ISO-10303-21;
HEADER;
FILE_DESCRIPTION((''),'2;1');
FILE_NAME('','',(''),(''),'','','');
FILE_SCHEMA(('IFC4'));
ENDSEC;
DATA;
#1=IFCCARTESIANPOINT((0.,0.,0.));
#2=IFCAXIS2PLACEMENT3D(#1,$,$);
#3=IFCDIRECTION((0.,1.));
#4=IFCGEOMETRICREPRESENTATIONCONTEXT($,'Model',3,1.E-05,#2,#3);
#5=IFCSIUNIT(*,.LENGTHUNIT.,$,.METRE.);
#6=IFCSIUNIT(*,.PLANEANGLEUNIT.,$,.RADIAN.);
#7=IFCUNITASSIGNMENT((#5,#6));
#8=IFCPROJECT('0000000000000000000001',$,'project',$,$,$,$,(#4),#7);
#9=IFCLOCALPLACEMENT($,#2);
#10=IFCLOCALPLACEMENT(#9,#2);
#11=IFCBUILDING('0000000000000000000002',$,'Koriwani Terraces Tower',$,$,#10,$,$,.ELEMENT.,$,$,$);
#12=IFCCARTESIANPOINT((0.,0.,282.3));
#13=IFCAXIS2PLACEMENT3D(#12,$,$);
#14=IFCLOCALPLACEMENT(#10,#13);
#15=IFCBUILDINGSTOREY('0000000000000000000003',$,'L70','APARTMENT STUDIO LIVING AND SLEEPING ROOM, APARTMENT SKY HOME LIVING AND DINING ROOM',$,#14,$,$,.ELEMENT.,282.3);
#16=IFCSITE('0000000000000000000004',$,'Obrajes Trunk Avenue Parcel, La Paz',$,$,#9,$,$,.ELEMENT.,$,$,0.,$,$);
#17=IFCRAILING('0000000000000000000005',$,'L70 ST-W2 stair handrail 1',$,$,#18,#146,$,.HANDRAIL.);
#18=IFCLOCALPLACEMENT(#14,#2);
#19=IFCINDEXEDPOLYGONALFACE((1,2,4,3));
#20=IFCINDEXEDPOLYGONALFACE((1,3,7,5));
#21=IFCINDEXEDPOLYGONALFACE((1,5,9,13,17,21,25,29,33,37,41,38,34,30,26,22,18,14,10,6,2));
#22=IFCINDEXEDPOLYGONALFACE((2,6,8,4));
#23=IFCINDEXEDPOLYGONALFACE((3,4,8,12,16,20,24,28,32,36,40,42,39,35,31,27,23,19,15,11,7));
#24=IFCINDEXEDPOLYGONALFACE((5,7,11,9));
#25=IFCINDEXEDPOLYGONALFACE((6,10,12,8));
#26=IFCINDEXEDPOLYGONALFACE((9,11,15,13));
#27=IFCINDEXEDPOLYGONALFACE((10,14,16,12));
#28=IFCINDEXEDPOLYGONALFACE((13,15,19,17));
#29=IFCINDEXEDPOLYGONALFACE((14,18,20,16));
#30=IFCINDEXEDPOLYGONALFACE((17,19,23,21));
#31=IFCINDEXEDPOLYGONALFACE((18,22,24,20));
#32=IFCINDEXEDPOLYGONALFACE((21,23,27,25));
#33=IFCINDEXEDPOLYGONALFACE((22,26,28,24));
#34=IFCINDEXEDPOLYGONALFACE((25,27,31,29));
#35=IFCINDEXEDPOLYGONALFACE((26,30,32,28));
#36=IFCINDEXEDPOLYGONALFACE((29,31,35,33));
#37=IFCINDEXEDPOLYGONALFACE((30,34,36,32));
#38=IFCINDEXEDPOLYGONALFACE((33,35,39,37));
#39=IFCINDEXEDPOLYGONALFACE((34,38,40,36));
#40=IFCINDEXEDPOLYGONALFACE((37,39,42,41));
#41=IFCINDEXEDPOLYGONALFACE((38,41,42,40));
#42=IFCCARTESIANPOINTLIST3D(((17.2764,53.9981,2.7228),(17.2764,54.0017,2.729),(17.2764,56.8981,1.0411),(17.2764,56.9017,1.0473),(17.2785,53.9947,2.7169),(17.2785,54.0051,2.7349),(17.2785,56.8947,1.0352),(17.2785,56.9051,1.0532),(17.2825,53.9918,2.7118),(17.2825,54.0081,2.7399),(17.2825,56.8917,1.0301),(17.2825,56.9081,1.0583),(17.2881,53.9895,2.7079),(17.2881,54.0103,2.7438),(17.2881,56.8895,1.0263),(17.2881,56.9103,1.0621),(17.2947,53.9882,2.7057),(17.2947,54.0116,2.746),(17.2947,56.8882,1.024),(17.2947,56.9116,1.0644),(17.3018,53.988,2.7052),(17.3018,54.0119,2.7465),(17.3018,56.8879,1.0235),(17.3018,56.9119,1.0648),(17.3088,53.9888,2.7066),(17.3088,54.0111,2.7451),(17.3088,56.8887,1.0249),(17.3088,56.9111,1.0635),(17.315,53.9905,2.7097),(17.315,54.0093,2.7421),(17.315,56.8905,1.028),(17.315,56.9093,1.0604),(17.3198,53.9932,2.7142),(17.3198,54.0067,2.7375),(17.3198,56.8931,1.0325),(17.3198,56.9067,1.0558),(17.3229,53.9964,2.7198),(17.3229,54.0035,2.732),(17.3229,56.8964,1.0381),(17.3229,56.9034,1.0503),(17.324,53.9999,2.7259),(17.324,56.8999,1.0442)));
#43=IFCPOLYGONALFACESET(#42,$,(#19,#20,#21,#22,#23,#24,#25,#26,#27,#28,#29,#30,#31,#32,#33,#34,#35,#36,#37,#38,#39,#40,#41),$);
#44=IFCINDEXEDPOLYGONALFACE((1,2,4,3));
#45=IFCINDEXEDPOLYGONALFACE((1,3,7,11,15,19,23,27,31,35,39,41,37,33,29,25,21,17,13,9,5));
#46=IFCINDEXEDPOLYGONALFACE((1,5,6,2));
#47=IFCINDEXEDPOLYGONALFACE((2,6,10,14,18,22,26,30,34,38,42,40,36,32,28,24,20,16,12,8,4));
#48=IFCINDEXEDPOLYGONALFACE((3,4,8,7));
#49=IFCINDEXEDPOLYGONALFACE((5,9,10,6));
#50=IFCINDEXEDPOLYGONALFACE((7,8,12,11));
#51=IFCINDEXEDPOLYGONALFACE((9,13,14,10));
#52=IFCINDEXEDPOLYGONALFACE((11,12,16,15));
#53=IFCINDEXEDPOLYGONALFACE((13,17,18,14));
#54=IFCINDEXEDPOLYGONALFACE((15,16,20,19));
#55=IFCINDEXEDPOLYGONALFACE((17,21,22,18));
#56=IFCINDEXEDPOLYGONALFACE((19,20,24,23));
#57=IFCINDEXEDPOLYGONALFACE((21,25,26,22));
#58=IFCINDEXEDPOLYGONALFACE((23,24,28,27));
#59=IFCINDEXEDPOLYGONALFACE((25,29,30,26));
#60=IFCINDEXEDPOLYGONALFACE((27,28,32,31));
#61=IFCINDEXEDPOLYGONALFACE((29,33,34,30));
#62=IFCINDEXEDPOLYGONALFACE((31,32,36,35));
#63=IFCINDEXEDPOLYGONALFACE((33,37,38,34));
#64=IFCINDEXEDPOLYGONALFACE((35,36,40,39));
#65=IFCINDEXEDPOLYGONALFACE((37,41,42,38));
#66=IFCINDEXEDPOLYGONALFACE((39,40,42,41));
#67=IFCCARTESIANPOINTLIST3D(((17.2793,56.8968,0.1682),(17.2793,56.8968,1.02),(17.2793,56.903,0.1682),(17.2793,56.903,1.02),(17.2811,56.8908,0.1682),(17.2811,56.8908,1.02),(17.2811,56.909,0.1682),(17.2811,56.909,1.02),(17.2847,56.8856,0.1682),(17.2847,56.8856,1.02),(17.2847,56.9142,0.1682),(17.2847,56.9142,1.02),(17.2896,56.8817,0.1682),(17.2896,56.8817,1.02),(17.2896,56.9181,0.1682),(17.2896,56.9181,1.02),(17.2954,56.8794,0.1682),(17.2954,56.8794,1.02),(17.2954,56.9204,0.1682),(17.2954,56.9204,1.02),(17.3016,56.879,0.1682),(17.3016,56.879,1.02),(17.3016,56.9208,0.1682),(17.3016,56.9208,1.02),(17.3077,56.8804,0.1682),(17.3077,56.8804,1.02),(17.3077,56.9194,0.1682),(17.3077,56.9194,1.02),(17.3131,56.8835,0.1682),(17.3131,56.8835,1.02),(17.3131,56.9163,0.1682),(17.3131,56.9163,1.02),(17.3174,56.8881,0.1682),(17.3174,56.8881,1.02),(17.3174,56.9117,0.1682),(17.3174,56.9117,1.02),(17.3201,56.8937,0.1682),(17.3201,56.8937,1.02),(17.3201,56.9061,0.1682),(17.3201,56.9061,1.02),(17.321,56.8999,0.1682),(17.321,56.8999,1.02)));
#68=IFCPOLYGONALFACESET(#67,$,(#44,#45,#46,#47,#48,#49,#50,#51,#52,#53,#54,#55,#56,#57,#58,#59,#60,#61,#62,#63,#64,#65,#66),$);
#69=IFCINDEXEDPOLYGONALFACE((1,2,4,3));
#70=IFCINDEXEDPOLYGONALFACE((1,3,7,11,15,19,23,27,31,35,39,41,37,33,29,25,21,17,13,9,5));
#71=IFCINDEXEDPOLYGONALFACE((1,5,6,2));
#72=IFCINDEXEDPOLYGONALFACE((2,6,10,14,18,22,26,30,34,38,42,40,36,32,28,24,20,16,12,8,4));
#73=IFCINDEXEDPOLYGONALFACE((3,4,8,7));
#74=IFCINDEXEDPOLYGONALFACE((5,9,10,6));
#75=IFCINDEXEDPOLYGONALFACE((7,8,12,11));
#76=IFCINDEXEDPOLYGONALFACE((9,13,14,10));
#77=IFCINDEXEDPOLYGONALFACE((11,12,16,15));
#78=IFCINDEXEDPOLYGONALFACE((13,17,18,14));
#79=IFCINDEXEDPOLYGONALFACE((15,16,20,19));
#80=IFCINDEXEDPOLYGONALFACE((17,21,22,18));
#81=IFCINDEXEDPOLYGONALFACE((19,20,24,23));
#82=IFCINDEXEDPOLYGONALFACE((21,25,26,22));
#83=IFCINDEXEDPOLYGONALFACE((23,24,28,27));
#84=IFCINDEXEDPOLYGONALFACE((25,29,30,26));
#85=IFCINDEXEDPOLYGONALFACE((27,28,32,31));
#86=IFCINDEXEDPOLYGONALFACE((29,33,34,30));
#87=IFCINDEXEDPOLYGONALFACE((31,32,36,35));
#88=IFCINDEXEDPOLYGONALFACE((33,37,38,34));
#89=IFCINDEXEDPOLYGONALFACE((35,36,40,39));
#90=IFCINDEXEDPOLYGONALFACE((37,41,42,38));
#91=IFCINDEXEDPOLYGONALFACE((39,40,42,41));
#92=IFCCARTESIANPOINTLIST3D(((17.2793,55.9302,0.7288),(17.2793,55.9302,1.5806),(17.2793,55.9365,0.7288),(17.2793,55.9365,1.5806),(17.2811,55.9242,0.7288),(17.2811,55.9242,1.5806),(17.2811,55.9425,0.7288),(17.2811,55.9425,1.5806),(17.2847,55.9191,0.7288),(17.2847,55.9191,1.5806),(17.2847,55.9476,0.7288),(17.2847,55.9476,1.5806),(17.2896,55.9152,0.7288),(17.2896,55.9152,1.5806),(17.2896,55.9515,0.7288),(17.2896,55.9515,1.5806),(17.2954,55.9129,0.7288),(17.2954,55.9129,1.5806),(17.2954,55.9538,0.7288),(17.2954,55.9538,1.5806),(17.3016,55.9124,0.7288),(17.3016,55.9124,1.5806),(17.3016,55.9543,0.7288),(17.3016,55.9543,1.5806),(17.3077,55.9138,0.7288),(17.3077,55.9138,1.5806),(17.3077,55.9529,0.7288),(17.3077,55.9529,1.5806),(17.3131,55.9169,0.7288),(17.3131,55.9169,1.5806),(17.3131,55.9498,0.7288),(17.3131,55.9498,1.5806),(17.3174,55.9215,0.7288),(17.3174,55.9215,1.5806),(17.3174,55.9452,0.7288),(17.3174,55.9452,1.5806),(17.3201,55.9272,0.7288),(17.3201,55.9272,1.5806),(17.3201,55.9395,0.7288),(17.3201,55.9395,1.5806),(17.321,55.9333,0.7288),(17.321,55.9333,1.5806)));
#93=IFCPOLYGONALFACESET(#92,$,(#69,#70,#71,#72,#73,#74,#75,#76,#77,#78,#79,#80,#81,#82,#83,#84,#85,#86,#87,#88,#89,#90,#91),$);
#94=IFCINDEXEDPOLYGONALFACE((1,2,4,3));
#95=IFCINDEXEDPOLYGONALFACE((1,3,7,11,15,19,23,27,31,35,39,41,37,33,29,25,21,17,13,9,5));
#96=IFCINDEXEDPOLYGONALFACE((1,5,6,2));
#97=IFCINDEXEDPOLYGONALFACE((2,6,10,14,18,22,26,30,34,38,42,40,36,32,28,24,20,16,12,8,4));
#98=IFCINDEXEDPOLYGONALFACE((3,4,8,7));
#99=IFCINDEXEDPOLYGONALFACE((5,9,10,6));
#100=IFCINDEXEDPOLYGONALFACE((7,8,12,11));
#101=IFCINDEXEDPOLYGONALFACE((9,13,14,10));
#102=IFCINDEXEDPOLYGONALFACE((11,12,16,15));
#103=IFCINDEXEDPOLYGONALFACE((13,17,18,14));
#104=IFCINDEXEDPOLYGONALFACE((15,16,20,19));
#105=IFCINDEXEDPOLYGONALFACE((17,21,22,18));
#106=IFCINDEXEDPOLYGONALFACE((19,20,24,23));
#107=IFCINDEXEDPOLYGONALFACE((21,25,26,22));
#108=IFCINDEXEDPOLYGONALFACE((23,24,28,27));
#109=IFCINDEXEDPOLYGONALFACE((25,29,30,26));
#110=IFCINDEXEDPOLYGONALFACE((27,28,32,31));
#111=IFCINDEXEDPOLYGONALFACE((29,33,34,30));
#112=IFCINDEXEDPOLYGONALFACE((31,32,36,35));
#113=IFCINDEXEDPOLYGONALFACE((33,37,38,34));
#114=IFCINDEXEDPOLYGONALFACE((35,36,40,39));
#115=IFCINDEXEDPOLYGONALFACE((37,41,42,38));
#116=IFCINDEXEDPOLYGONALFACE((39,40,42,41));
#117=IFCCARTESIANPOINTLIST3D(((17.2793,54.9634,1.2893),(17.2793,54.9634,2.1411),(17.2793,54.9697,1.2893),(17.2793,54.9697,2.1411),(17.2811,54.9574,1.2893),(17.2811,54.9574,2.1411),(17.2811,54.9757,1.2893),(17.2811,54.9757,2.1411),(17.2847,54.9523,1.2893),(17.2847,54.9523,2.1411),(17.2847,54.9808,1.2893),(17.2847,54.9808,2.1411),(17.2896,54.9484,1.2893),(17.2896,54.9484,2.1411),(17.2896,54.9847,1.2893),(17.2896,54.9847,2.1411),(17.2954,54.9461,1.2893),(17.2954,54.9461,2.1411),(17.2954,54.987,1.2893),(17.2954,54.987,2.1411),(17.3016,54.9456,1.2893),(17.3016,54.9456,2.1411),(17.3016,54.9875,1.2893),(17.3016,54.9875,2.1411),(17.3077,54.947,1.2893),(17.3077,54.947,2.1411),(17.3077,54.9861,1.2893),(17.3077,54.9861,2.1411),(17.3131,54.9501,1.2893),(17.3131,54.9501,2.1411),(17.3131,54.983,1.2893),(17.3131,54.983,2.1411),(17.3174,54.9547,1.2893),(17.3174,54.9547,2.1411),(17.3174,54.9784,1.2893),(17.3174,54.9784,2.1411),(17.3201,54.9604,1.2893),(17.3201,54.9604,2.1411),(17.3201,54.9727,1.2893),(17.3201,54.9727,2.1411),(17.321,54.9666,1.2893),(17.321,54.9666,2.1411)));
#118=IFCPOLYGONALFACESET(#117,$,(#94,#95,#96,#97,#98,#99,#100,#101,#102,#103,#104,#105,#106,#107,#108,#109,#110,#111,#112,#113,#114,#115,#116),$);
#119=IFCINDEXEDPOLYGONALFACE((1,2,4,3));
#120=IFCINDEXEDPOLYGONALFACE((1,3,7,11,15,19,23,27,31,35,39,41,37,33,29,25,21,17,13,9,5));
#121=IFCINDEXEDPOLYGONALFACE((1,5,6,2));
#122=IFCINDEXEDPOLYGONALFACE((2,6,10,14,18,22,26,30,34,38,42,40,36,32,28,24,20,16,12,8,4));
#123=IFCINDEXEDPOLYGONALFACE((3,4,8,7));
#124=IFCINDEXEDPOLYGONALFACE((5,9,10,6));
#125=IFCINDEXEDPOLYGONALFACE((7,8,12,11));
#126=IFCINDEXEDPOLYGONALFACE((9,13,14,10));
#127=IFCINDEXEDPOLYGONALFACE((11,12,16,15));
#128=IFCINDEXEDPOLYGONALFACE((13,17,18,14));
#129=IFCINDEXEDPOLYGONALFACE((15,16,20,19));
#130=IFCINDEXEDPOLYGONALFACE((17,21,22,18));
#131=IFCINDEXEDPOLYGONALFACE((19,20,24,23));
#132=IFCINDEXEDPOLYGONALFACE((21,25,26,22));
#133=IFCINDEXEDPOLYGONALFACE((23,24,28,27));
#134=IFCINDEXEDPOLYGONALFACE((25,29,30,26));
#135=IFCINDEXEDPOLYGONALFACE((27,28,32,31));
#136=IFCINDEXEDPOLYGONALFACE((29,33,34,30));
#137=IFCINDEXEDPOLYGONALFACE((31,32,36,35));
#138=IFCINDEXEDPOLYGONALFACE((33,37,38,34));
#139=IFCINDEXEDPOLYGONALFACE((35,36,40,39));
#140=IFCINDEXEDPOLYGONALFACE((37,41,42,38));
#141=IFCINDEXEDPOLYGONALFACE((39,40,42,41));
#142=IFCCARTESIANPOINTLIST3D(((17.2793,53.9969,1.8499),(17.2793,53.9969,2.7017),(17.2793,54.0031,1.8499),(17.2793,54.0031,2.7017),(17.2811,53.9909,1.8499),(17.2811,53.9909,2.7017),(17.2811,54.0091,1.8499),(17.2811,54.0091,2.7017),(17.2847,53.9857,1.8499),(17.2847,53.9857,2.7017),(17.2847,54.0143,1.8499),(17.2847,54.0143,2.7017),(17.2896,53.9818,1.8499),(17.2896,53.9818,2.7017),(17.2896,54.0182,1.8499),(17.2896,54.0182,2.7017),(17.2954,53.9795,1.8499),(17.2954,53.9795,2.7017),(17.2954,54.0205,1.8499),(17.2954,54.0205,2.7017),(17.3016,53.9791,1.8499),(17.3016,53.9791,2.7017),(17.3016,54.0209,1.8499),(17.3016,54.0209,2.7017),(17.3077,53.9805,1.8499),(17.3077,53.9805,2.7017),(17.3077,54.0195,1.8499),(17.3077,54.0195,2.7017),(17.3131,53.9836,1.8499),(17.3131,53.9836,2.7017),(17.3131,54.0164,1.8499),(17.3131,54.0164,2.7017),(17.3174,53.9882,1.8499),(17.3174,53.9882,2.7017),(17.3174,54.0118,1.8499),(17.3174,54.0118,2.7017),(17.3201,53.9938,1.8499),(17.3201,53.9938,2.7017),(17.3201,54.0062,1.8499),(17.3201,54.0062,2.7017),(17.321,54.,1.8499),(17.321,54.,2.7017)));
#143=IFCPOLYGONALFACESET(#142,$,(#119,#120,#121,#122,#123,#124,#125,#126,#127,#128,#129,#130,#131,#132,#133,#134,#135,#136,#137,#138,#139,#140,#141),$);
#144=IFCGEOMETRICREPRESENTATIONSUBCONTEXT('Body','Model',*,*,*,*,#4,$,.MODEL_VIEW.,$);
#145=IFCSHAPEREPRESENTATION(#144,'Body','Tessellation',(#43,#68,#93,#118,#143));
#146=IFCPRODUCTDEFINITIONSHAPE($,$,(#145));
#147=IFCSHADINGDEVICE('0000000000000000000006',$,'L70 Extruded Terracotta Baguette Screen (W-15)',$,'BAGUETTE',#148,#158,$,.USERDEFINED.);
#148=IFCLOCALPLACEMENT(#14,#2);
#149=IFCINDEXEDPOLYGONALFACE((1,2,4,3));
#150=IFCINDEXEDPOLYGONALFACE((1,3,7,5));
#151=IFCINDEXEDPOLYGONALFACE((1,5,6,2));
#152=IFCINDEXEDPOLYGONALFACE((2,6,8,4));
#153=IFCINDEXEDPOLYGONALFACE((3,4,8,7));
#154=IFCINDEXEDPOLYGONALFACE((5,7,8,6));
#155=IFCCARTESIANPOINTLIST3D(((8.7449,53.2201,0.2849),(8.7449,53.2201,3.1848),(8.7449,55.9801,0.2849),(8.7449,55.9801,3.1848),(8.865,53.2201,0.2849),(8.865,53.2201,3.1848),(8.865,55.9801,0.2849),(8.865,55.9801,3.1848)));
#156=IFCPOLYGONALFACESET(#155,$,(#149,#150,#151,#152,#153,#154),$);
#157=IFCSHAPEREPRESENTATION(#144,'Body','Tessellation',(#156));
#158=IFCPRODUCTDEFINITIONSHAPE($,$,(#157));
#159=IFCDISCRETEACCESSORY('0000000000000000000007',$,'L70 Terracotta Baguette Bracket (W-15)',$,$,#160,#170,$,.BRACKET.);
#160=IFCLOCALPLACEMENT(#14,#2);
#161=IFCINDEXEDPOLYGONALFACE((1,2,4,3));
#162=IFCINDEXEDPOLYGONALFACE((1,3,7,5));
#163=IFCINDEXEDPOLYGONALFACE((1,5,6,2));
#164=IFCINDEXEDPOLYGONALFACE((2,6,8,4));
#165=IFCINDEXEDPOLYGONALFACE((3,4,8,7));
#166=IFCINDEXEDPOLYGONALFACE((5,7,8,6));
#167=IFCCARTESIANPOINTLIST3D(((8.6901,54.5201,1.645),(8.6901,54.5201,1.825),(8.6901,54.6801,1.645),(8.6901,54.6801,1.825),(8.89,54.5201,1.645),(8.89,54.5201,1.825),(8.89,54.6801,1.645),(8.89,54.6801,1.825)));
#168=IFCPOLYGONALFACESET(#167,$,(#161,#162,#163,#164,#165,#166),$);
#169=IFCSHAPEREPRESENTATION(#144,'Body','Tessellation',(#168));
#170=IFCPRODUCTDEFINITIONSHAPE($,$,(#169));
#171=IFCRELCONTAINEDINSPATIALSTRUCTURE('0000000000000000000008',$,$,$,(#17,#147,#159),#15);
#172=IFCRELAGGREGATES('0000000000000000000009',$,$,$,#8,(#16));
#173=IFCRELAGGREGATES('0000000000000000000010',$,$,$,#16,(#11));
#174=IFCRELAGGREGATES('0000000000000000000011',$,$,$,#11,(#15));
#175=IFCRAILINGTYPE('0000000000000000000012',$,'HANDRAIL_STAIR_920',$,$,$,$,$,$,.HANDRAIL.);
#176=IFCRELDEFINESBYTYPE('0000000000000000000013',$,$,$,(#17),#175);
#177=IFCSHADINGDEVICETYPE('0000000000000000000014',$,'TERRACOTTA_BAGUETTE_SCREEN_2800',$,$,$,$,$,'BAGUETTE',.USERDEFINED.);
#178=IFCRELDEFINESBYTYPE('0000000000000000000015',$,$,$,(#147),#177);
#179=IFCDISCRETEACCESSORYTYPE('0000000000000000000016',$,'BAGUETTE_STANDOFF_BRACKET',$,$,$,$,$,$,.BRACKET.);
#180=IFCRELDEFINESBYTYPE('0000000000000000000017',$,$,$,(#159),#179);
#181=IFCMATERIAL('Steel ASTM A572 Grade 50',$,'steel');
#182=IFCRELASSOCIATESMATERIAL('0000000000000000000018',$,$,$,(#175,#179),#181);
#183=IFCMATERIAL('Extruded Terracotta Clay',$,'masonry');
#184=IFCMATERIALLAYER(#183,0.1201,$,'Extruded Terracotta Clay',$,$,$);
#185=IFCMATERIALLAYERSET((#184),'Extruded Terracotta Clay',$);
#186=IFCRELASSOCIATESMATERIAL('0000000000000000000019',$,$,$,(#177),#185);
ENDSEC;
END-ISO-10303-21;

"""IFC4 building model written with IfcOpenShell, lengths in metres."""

from ifc_helpers import new_model, si_unit, direction, frame, origin, origin_2d, place, context, subcontext, project, spatial, rectangle, circle, extrude, material, layer, layer_set, type_object, element, save


model = new_model("IFC4")

# Units and contexts
model_context = context("Model", 3, precision=1e-05, world=origin(), true_north=direction((0.0, 1.0)))
body_context = subcontext(model_context, "Body", "Model", "MODEL_VIEW")
ifc_project = project(units=[si_unit("LENGTHUNIT", "METRE"), si_unit("PLANEANGLEUNIT", "RADIAN")], contexts=[model_context])

# Site, building, storey
site_placement = place(None, origin())
site = spatial("IfcSite", under=ifc_project, at=site_placement, Name="Obrajes Trunk Avenue Parcel, La Paz", CompositionType="ELEMENT", RefElevation=0.0)
building_placement = place(site_placement, origin())
building = spatial("IfcBuilding", under=site, at=building_placement, Name="Koriwani Terraces Tower", CompositionType="ELEMENT")
storey_placement = place(building_placement, frame((0.0, 0.0, 282.3)))
storey = spatial("IfcBuildingStorey", under=building, at=storey_placement, Name="L70", Description="APARTMENT STUDIO LIVING AND SLEEPING ROOM, APARTMENT SKY HOME LIVING AND DINING ROOM", CompositionType="ELEMENT", Elevation=282.3)

# Shared definitions
ifc_material_1 = material(Name="Steel ASTM A572 Grade 50", Category="steel")

# Railing
railing_type_1 = type_object("IfcRailingType", Name="HANDRAIL_STAIR_920", PredefinedType="HANDRAIL", material=ifc_material_1)
railing_1_placement = place(storey_placement, frame((17.3, 56.8999, 0.1682)))
element("IfcRailing", 1, at=railing_1_placement, inside=storey, type_object=railing_type_1, Name="L70 ST-W2 stair handrail 1", PredefinedType="HANDRAIL", context=body_context, shape_type="SweptSolid", body=[
    extrude(circle(Radius=0.0239, at=origin_2d()), frame((0.0, 0.0, 0.876), z_axis=(0.0, -0.86507, 0.501651), x_axis=(1.0, 0.0, 0.0)), (0.0, 0.0, 1.0), 3.3523),
    extrude(circle(Radius=0.021, at=origin_2d()), origin(), (0.0, 0.0, 1.0), 0.8518),
    extrude(circle(Radius=0.021, at=origin_2d()), frame((0.0, -0.9666, 0.5605)), (0.0, 0.0, 1.0), 0.8518),
    extrude(circle(Radius=0.021, at=origin_2d()), frame((0.0, -1.9333, 1.1211)), (0.0, 0.0, 1.0), 0.8518),
    extrude(circle(Radius=0.021, at=origin_2d()), frame((0.0, -2.8999, 1.6816)), (0.0, 0.0, 1.0), 0.8518),
])

# Shading device
ifc_material_2 = material(Name="Extruded Terracotta Clay", Category="masonry")
ifc_layer_1 = layer(ifc_material_2, 0.1201, Name="Extruded Terracotta Clay")
ifc_layer_set_1 = layer_set([ifc_layer_1], Name="Extruded Terracotta Clay")
shading_device_type = type_object("IfcShadingDeviceType", Name="TERRACOTTA_BAGUETTE_SCREEN_2800", ElementType="BAGUETTE", PredefinedType="USERDEFINED", material=ifc_layer_set_1)
shading_device_placement = place(storey_placement, frame((8.8049, 54.6001, 0.2849), z_axis=(0.0, 0.0, 1.0), x_axis=(0.0, 1.0, 0.0)))
element("IfcShadingDevice", 2, at=shading_device_placement, inside=storey, type_object=shading_device_type, Name="L70 Extruded Terracotta Baguette Screen (W-15)", ObjectType="BAGUETTE", PredefinedType="USERDEFINED", context=body_context, shape_type="SweptSolid", body=[
    extrude(rectangle(XDim=2.76, YDim=0.1201, at=origin_2d()), origin(), (0.0, 0.0, 1.0), 2.8999),
])

# Discrete accessory
discrete_accessory_type = type_object("IfcDiscreteAccessoryType", Name="BAGUETTE_STANDOFF_BRACKET", PredefinedType="BRACKET", material=ifc_material_1)
discrete_accessory_placement = place(storey_placement, frame((8.79, 54.6001, 1.645), z_axis=(0.0, 0.0, 1.0), x_axis=(0.0, 1.0, 0.0)))
element("IfcDiscreteAccessory", 3, at=discrete_accessory_placement, inside=storey, type_object=discrete_accessory_type, Name="L70 Terracotta Baguette Bracket (W-15)", PredefinedType="BRACKET", context=body_context, shape_type="SweptSolid", body=[
    extrude(rectangle(XDim=0.1599, YDim=0.2, at=origin_2d()), origin(), (0.0, 0.0, 1.0), 0.1799),
])

save(model, "model.ifc")
